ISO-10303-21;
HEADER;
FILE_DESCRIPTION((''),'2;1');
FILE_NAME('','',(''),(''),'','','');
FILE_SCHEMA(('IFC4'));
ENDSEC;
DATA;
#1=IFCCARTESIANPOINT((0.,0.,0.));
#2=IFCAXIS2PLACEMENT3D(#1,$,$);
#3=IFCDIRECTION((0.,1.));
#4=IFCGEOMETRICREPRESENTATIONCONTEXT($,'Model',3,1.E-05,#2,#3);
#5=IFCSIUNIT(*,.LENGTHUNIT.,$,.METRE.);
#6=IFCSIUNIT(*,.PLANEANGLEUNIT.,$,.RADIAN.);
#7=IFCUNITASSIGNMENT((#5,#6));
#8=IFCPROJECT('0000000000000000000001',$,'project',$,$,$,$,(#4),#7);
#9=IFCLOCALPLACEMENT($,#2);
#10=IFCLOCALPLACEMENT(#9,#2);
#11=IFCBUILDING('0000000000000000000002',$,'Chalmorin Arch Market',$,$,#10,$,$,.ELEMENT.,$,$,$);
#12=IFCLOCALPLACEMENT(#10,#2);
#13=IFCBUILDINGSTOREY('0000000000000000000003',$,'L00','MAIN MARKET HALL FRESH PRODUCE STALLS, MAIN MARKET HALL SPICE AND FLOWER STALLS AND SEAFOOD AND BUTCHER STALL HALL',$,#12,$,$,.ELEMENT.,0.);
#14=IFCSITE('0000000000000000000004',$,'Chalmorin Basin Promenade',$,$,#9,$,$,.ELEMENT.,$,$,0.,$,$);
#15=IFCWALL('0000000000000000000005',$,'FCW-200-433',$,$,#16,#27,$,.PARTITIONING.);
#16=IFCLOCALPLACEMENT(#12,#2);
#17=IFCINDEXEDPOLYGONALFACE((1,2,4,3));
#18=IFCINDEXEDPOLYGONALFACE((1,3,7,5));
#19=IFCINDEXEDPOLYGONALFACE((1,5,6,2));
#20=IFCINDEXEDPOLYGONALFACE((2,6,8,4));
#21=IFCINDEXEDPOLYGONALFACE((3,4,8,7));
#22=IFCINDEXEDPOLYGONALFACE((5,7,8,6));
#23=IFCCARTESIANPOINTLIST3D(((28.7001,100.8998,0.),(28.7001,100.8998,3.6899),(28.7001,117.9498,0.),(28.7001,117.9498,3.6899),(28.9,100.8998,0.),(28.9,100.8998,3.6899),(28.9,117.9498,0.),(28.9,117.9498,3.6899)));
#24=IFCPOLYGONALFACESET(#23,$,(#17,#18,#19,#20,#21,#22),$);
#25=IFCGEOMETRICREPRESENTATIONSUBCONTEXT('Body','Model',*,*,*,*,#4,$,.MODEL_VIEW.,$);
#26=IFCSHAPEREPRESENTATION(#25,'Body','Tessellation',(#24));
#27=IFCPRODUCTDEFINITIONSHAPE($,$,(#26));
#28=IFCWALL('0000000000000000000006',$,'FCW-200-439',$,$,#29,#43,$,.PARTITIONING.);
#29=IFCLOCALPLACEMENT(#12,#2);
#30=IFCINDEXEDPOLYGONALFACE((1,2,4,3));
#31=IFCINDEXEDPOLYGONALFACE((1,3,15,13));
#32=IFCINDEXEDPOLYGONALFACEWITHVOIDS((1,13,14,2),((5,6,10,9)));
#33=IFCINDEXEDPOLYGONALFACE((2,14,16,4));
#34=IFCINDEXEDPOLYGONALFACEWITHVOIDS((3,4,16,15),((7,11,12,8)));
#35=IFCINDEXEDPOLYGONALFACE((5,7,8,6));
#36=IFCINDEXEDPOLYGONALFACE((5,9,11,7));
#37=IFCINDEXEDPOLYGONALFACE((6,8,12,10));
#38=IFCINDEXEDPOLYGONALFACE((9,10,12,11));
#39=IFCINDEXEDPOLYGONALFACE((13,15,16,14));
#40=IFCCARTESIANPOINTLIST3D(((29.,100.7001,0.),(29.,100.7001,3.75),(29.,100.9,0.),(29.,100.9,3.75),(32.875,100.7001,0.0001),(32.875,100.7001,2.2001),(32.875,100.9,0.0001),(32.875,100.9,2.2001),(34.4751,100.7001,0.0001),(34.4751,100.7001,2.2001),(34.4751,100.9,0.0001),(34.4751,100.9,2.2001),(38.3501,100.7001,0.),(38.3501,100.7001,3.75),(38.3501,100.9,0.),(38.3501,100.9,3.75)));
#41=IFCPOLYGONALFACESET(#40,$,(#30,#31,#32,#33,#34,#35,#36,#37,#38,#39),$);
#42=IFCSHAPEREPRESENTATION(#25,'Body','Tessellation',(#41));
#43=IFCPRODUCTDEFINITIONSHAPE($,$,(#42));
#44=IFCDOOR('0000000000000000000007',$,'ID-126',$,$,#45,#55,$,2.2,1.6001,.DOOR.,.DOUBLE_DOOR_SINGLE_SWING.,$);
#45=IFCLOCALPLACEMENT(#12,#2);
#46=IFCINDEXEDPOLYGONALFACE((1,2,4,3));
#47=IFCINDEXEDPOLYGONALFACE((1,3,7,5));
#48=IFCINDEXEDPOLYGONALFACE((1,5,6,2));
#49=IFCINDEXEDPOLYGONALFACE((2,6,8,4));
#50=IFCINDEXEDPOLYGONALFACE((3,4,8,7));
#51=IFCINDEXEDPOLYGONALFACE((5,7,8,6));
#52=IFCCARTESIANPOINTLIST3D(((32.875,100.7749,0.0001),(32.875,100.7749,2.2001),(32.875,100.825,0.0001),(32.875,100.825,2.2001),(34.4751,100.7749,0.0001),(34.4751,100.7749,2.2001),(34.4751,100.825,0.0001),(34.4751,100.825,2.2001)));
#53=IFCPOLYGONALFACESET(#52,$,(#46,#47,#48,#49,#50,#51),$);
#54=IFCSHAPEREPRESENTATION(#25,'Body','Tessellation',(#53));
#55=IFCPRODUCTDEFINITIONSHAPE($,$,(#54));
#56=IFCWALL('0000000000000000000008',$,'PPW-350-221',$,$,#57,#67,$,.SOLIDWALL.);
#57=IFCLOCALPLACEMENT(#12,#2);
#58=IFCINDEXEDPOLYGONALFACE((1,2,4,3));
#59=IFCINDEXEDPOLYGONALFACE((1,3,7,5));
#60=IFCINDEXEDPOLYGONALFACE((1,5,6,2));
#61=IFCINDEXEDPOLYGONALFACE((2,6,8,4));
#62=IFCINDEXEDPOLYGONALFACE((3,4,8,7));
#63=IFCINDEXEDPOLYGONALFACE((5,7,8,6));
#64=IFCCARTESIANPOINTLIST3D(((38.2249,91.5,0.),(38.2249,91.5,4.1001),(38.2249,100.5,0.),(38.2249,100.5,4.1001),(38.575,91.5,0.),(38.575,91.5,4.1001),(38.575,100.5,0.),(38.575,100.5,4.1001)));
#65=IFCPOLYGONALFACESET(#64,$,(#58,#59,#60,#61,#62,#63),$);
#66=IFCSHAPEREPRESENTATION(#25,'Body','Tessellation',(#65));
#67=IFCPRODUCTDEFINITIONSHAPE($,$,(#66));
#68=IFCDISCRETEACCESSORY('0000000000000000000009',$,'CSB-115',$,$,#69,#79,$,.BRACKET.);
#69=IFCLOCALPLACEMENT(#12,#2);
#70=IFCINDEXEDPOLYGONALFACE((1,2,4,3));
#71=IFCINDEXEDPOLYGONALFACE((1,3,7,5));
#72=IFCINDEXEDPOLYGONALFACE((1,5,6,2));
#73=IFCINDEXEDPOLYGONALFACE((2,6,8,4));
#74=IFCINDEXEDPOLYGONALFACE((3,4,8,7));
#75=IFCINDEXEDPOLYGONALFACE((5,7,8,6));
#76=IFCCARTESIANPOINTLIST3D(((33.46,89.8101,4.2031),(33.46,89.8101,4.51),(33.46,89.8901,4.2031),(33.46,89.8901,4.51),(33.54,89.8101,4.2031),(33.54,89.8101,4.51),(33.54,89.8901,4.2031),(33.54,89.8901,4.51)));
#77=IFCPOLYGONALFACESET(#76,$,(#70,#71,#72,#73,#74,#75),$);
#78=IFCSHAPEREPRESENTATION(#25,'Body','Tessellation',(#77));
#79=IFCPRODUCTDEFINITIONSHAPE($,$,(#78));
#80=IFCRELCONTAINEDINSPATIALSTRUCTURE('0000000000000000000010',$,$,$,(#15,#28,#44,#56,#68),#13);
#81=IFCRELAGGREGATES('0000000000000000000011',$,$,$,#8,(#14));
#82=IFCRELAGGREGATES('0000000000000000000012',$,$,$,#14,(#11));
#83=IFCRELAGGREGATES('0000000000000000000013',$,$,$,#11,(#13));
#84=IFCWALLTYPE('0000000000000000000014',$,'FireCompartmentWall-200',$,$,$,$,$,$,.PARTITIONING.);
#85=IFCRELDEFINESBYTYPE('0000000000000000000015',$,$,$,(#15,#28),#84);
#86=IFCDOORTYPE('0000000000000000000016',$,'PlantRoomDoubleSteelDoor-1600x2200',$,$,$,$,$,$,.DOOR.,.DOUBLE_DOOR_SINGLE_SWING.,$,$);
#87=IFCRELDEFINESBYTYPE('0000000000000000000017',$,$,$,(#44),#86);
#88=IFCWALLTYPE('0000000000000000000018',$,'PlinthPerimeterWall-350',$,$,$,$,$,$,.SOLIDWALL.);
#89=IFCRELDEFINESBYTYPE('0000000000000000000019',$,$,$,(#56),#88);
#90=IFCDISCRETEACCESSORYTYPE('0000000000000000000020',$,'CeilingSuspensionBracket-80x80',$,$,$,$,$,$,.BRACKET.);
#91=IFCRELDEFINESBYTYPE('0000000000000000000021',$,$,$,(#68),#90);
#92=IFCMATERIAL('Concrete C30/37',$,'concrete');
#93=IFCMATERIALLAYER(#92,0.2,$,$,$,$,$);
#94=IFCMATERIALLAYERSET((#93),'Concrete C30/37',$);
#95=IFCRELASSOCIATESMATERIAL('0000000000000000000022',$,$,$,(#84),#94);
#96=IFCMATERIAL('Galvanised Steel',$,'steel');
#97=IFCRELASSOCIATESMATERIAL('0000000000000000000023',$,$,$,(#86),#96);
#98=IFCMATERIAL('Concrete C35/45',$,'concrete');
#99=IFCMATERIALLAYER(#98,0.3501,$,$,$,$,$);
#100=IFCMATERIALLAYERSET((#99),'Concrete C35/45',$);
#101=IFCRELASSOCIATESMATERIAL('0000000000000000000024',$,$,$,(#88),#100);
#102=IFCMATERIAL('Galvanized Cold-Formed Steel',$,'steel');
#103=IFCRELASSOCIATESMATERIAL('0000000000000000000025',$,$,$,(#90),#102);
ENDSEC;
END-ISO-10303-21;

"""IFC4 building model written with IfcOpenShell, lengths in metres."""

from ifc_helpers import new_model, si_unit, direction, frame, frame_2d, origin, origin_2d, place, context, subcontext, project, spatial, rectangle, extrude, material, layer, layer_set, type_object, element, fill, save


model = new_model("IFC4")

# Units and contexts
model_context = context("Model", 3, precision=1e-05, world=origin(), true_north=direction((0.0, 1.0)))
body_context = subcontext(model_context, "Body", "Model", "MODEL_VIEW")
ifc_project = project(units=[si_unit("LENGTHUNIT", "METRE"), si_unit("PLANEANGLEUNIT", "RADIAN")], contexts=[model_context])

# Site, building, storey
site_placement = place(None, origin())
site = spatial("IfcSite", under=ifc_project, at=site_placement, Name="Chalmorin Basin Promenade", CompositionType="ELEMENT", RefElevation=0.0)
building_placement = place(site_placement, origin())
building = spatial("IfcBuilding", under=site, at=building_placement, Name="Chalmorin Arch Market", CompositionType="ELEMENT")
storey_placement = place(building_placement, origin())
storey = spatial("IfcBuildingStorey", under=building, at=storey_placement, Name="L00", Description="MAIN MARKET HALL FRESH PRODUCE STALLS, MAIN MARKET HALL SPICE AND FLOWER STALLS AND SEAFOOD AND BUTCHER STALL HALL", CompositionType="ELEMENT", Elevation=0.0)

# Shared definitions
ifc_material_1 = material(Name="Galvanised Steel", Category="steel")

# Wall
ifc_material_2 = material(Name="Concrete C30/37", Category="concrete")
ifc_layer_1 = layer(ifc_material_2, 0.2)
ifc_layer_set_1 = layer_set([ifc_layer_1], Name="Concrete C30/37")
wall_type_1 = type_object("IfcWallType", Name="FireCompartmentWall-200", PredefinedType="PARTITIONING", material=ifc_layer_set_1)
wall_1_placement = place(storey_placement, frame((28.8, 100.8999, 0.0), z_axis=(0.0, 0.0, 1.0), x_axis=(0.0, 1.0, 0.0)))
element("IfcWall", 1, at=wall_1_placement, inside=storey, type_object=wall_type_1, Name="FCW-200-433", PredefinedType="PARTITIONING", context=body_context, shape_type="SweptSolid", body=[
    extrude(rectangle(XDim=17.05, YDim=0.2, at=frame_2d((8.5249, 0.0))), origin(), (0.0, 0.0, 1.0), 3.6899),
])

# Wall, opening, door
wall_2_placement = place(storey_placement, frame((29.0, 100.8, 0.0), z_axis=(0.0, 0.0, 1.0), x_axis=(1.0, 0.0, 0.0)))
wall_2 = element("IfcWall", 2, at=wall_2_placement, inside=storey, type_object=wall_type_1, Name="FCW-200-439", PredefinedType="PARTITIONING", context=body_context, shape_type="SweptSolid", body=[
    extrude(rectangle(XDim=9.3501, YDim=0.2, at=frame_2d((4.675, 0.0))), origin(), (0.0, 0.0, 1.0), 3.75),
])
opening_1_placement = place(wall_2_placement, frame((3.875, 0.0, 0.0)))
opening_1 = element("IfcOpeningElement", 3, at=opening_1_placement, cuts=wall_2, PredefinedType="OPENING", context=body_context, shape_type="SweptSolid", body=[
    extrude(rectangle(XDim=1.6001, YDim=2.2, at=frame_2d((0.8, 1.1001))), frame((0.0, 0.1099, 0.0), z_axis=(0.0, -1.0, 0.0), x_axis=(1.0, 0.0, 0.0)), (0.0, 0.0, 1.0), 0.22),
])
door_type_1 = type_object("IfcDoorType", Name="PlantRoomDoubleSteelDoor-1600x2200", OperationType="DOUBLE_DOOR_SINGLE_SWING", PredefinedType="DOOR", material=ifc_material_1)
door_1_placement = place(opening_1_placement, origin())
door_1 = element("IfcDoor", 4, at=door_1_placement, inside=storey, type_object=door_type_1, Name="ID-126", OperationType="DOUBLE_DOOR_SINGLE_SWING", OverallHeight=2.2, OverallWidth=1.6001, PredefinedType="DOOR", context=body_context, shape_type="SweptSolid", body=[
    extrude(rectangle(XDim=1.6001, YDim=2.2, at=frame_2d((0.8, 1.1001))), frame((0.0, 0.0249, 0.0), z_axis=(0.0, -1.0, 0.0), x_axis=(1.0, 0.0, 0.0)), (0.0, 0.0, 1.0), 0.05),
])
fill(opening_1, door_1)

# Wall
ifc_material_3 = material(Name="Concrete C35/45", Category="concrete")
ifc_layer_2 = layer(ifc_material_3, 0.3501)
ifc_layer_set_2 = layer_set([ifc_layer_2], Name="Concrete C35/45")
wall_type_2 = type_object("IfcWallType", Name="PlinthPerimeterWall-350", PredefinedType="SOLIDWALL", material=ifc_layer_set_2)
wall_3_placement = place(storey_placement, frame((38.3999, 91.5, 0.0), z_axis=(0.0, 0.0, 1.0), x_axis=(0.0, 1.0, 0.0)))
element("IfcWall", 5, at=wall_3_placement, inside=storey, type_object=wall_type_2, Name="PPW-350-221", PredefinedType="SOLIDWALL", context=body_context, shape_type="SweptSolid", body=[
    extrude(rectangle(XDim=9.0, YDim=0.3501, at=frame_2d((4.5, 0.0))), origin(), (0.0, 0.0, 1.0), 4.1001),
])

# Discrete accessory
ifc_material_4 = material(Name="Galvanized Cold-Formed Steel", Category="steel")
discrete_accessory_type = type_object("IfcDiscreteAccessoryType", Name="CeilingSuspensionBracket-80x80", PredefinedType="BRACKET", material=ifc_material_4)
discrete_accessory_placement = place(storey_placement, frame((33.5, 89.8501, 4.2031), z_axis=(0.0, 0.0, 1.0), x_axis=(1.0, 0.0, 0.0)))
element("IfcDiscreteAccessory", 6, at=discrete_accessory_placement, inside=storey, type_object=discrete_accessory_type, Name="CSB-115", PredefinedType="BRACKET", context=body_context, shape_type="SweptSolid", body=[
    extrude(rectangle(XDim=0.0801, YDim=0.0801, at=origin_2d()), origin(), (0.0, 0.0, 1.0), 0.3069),
])

save(model, "model.ifc")
